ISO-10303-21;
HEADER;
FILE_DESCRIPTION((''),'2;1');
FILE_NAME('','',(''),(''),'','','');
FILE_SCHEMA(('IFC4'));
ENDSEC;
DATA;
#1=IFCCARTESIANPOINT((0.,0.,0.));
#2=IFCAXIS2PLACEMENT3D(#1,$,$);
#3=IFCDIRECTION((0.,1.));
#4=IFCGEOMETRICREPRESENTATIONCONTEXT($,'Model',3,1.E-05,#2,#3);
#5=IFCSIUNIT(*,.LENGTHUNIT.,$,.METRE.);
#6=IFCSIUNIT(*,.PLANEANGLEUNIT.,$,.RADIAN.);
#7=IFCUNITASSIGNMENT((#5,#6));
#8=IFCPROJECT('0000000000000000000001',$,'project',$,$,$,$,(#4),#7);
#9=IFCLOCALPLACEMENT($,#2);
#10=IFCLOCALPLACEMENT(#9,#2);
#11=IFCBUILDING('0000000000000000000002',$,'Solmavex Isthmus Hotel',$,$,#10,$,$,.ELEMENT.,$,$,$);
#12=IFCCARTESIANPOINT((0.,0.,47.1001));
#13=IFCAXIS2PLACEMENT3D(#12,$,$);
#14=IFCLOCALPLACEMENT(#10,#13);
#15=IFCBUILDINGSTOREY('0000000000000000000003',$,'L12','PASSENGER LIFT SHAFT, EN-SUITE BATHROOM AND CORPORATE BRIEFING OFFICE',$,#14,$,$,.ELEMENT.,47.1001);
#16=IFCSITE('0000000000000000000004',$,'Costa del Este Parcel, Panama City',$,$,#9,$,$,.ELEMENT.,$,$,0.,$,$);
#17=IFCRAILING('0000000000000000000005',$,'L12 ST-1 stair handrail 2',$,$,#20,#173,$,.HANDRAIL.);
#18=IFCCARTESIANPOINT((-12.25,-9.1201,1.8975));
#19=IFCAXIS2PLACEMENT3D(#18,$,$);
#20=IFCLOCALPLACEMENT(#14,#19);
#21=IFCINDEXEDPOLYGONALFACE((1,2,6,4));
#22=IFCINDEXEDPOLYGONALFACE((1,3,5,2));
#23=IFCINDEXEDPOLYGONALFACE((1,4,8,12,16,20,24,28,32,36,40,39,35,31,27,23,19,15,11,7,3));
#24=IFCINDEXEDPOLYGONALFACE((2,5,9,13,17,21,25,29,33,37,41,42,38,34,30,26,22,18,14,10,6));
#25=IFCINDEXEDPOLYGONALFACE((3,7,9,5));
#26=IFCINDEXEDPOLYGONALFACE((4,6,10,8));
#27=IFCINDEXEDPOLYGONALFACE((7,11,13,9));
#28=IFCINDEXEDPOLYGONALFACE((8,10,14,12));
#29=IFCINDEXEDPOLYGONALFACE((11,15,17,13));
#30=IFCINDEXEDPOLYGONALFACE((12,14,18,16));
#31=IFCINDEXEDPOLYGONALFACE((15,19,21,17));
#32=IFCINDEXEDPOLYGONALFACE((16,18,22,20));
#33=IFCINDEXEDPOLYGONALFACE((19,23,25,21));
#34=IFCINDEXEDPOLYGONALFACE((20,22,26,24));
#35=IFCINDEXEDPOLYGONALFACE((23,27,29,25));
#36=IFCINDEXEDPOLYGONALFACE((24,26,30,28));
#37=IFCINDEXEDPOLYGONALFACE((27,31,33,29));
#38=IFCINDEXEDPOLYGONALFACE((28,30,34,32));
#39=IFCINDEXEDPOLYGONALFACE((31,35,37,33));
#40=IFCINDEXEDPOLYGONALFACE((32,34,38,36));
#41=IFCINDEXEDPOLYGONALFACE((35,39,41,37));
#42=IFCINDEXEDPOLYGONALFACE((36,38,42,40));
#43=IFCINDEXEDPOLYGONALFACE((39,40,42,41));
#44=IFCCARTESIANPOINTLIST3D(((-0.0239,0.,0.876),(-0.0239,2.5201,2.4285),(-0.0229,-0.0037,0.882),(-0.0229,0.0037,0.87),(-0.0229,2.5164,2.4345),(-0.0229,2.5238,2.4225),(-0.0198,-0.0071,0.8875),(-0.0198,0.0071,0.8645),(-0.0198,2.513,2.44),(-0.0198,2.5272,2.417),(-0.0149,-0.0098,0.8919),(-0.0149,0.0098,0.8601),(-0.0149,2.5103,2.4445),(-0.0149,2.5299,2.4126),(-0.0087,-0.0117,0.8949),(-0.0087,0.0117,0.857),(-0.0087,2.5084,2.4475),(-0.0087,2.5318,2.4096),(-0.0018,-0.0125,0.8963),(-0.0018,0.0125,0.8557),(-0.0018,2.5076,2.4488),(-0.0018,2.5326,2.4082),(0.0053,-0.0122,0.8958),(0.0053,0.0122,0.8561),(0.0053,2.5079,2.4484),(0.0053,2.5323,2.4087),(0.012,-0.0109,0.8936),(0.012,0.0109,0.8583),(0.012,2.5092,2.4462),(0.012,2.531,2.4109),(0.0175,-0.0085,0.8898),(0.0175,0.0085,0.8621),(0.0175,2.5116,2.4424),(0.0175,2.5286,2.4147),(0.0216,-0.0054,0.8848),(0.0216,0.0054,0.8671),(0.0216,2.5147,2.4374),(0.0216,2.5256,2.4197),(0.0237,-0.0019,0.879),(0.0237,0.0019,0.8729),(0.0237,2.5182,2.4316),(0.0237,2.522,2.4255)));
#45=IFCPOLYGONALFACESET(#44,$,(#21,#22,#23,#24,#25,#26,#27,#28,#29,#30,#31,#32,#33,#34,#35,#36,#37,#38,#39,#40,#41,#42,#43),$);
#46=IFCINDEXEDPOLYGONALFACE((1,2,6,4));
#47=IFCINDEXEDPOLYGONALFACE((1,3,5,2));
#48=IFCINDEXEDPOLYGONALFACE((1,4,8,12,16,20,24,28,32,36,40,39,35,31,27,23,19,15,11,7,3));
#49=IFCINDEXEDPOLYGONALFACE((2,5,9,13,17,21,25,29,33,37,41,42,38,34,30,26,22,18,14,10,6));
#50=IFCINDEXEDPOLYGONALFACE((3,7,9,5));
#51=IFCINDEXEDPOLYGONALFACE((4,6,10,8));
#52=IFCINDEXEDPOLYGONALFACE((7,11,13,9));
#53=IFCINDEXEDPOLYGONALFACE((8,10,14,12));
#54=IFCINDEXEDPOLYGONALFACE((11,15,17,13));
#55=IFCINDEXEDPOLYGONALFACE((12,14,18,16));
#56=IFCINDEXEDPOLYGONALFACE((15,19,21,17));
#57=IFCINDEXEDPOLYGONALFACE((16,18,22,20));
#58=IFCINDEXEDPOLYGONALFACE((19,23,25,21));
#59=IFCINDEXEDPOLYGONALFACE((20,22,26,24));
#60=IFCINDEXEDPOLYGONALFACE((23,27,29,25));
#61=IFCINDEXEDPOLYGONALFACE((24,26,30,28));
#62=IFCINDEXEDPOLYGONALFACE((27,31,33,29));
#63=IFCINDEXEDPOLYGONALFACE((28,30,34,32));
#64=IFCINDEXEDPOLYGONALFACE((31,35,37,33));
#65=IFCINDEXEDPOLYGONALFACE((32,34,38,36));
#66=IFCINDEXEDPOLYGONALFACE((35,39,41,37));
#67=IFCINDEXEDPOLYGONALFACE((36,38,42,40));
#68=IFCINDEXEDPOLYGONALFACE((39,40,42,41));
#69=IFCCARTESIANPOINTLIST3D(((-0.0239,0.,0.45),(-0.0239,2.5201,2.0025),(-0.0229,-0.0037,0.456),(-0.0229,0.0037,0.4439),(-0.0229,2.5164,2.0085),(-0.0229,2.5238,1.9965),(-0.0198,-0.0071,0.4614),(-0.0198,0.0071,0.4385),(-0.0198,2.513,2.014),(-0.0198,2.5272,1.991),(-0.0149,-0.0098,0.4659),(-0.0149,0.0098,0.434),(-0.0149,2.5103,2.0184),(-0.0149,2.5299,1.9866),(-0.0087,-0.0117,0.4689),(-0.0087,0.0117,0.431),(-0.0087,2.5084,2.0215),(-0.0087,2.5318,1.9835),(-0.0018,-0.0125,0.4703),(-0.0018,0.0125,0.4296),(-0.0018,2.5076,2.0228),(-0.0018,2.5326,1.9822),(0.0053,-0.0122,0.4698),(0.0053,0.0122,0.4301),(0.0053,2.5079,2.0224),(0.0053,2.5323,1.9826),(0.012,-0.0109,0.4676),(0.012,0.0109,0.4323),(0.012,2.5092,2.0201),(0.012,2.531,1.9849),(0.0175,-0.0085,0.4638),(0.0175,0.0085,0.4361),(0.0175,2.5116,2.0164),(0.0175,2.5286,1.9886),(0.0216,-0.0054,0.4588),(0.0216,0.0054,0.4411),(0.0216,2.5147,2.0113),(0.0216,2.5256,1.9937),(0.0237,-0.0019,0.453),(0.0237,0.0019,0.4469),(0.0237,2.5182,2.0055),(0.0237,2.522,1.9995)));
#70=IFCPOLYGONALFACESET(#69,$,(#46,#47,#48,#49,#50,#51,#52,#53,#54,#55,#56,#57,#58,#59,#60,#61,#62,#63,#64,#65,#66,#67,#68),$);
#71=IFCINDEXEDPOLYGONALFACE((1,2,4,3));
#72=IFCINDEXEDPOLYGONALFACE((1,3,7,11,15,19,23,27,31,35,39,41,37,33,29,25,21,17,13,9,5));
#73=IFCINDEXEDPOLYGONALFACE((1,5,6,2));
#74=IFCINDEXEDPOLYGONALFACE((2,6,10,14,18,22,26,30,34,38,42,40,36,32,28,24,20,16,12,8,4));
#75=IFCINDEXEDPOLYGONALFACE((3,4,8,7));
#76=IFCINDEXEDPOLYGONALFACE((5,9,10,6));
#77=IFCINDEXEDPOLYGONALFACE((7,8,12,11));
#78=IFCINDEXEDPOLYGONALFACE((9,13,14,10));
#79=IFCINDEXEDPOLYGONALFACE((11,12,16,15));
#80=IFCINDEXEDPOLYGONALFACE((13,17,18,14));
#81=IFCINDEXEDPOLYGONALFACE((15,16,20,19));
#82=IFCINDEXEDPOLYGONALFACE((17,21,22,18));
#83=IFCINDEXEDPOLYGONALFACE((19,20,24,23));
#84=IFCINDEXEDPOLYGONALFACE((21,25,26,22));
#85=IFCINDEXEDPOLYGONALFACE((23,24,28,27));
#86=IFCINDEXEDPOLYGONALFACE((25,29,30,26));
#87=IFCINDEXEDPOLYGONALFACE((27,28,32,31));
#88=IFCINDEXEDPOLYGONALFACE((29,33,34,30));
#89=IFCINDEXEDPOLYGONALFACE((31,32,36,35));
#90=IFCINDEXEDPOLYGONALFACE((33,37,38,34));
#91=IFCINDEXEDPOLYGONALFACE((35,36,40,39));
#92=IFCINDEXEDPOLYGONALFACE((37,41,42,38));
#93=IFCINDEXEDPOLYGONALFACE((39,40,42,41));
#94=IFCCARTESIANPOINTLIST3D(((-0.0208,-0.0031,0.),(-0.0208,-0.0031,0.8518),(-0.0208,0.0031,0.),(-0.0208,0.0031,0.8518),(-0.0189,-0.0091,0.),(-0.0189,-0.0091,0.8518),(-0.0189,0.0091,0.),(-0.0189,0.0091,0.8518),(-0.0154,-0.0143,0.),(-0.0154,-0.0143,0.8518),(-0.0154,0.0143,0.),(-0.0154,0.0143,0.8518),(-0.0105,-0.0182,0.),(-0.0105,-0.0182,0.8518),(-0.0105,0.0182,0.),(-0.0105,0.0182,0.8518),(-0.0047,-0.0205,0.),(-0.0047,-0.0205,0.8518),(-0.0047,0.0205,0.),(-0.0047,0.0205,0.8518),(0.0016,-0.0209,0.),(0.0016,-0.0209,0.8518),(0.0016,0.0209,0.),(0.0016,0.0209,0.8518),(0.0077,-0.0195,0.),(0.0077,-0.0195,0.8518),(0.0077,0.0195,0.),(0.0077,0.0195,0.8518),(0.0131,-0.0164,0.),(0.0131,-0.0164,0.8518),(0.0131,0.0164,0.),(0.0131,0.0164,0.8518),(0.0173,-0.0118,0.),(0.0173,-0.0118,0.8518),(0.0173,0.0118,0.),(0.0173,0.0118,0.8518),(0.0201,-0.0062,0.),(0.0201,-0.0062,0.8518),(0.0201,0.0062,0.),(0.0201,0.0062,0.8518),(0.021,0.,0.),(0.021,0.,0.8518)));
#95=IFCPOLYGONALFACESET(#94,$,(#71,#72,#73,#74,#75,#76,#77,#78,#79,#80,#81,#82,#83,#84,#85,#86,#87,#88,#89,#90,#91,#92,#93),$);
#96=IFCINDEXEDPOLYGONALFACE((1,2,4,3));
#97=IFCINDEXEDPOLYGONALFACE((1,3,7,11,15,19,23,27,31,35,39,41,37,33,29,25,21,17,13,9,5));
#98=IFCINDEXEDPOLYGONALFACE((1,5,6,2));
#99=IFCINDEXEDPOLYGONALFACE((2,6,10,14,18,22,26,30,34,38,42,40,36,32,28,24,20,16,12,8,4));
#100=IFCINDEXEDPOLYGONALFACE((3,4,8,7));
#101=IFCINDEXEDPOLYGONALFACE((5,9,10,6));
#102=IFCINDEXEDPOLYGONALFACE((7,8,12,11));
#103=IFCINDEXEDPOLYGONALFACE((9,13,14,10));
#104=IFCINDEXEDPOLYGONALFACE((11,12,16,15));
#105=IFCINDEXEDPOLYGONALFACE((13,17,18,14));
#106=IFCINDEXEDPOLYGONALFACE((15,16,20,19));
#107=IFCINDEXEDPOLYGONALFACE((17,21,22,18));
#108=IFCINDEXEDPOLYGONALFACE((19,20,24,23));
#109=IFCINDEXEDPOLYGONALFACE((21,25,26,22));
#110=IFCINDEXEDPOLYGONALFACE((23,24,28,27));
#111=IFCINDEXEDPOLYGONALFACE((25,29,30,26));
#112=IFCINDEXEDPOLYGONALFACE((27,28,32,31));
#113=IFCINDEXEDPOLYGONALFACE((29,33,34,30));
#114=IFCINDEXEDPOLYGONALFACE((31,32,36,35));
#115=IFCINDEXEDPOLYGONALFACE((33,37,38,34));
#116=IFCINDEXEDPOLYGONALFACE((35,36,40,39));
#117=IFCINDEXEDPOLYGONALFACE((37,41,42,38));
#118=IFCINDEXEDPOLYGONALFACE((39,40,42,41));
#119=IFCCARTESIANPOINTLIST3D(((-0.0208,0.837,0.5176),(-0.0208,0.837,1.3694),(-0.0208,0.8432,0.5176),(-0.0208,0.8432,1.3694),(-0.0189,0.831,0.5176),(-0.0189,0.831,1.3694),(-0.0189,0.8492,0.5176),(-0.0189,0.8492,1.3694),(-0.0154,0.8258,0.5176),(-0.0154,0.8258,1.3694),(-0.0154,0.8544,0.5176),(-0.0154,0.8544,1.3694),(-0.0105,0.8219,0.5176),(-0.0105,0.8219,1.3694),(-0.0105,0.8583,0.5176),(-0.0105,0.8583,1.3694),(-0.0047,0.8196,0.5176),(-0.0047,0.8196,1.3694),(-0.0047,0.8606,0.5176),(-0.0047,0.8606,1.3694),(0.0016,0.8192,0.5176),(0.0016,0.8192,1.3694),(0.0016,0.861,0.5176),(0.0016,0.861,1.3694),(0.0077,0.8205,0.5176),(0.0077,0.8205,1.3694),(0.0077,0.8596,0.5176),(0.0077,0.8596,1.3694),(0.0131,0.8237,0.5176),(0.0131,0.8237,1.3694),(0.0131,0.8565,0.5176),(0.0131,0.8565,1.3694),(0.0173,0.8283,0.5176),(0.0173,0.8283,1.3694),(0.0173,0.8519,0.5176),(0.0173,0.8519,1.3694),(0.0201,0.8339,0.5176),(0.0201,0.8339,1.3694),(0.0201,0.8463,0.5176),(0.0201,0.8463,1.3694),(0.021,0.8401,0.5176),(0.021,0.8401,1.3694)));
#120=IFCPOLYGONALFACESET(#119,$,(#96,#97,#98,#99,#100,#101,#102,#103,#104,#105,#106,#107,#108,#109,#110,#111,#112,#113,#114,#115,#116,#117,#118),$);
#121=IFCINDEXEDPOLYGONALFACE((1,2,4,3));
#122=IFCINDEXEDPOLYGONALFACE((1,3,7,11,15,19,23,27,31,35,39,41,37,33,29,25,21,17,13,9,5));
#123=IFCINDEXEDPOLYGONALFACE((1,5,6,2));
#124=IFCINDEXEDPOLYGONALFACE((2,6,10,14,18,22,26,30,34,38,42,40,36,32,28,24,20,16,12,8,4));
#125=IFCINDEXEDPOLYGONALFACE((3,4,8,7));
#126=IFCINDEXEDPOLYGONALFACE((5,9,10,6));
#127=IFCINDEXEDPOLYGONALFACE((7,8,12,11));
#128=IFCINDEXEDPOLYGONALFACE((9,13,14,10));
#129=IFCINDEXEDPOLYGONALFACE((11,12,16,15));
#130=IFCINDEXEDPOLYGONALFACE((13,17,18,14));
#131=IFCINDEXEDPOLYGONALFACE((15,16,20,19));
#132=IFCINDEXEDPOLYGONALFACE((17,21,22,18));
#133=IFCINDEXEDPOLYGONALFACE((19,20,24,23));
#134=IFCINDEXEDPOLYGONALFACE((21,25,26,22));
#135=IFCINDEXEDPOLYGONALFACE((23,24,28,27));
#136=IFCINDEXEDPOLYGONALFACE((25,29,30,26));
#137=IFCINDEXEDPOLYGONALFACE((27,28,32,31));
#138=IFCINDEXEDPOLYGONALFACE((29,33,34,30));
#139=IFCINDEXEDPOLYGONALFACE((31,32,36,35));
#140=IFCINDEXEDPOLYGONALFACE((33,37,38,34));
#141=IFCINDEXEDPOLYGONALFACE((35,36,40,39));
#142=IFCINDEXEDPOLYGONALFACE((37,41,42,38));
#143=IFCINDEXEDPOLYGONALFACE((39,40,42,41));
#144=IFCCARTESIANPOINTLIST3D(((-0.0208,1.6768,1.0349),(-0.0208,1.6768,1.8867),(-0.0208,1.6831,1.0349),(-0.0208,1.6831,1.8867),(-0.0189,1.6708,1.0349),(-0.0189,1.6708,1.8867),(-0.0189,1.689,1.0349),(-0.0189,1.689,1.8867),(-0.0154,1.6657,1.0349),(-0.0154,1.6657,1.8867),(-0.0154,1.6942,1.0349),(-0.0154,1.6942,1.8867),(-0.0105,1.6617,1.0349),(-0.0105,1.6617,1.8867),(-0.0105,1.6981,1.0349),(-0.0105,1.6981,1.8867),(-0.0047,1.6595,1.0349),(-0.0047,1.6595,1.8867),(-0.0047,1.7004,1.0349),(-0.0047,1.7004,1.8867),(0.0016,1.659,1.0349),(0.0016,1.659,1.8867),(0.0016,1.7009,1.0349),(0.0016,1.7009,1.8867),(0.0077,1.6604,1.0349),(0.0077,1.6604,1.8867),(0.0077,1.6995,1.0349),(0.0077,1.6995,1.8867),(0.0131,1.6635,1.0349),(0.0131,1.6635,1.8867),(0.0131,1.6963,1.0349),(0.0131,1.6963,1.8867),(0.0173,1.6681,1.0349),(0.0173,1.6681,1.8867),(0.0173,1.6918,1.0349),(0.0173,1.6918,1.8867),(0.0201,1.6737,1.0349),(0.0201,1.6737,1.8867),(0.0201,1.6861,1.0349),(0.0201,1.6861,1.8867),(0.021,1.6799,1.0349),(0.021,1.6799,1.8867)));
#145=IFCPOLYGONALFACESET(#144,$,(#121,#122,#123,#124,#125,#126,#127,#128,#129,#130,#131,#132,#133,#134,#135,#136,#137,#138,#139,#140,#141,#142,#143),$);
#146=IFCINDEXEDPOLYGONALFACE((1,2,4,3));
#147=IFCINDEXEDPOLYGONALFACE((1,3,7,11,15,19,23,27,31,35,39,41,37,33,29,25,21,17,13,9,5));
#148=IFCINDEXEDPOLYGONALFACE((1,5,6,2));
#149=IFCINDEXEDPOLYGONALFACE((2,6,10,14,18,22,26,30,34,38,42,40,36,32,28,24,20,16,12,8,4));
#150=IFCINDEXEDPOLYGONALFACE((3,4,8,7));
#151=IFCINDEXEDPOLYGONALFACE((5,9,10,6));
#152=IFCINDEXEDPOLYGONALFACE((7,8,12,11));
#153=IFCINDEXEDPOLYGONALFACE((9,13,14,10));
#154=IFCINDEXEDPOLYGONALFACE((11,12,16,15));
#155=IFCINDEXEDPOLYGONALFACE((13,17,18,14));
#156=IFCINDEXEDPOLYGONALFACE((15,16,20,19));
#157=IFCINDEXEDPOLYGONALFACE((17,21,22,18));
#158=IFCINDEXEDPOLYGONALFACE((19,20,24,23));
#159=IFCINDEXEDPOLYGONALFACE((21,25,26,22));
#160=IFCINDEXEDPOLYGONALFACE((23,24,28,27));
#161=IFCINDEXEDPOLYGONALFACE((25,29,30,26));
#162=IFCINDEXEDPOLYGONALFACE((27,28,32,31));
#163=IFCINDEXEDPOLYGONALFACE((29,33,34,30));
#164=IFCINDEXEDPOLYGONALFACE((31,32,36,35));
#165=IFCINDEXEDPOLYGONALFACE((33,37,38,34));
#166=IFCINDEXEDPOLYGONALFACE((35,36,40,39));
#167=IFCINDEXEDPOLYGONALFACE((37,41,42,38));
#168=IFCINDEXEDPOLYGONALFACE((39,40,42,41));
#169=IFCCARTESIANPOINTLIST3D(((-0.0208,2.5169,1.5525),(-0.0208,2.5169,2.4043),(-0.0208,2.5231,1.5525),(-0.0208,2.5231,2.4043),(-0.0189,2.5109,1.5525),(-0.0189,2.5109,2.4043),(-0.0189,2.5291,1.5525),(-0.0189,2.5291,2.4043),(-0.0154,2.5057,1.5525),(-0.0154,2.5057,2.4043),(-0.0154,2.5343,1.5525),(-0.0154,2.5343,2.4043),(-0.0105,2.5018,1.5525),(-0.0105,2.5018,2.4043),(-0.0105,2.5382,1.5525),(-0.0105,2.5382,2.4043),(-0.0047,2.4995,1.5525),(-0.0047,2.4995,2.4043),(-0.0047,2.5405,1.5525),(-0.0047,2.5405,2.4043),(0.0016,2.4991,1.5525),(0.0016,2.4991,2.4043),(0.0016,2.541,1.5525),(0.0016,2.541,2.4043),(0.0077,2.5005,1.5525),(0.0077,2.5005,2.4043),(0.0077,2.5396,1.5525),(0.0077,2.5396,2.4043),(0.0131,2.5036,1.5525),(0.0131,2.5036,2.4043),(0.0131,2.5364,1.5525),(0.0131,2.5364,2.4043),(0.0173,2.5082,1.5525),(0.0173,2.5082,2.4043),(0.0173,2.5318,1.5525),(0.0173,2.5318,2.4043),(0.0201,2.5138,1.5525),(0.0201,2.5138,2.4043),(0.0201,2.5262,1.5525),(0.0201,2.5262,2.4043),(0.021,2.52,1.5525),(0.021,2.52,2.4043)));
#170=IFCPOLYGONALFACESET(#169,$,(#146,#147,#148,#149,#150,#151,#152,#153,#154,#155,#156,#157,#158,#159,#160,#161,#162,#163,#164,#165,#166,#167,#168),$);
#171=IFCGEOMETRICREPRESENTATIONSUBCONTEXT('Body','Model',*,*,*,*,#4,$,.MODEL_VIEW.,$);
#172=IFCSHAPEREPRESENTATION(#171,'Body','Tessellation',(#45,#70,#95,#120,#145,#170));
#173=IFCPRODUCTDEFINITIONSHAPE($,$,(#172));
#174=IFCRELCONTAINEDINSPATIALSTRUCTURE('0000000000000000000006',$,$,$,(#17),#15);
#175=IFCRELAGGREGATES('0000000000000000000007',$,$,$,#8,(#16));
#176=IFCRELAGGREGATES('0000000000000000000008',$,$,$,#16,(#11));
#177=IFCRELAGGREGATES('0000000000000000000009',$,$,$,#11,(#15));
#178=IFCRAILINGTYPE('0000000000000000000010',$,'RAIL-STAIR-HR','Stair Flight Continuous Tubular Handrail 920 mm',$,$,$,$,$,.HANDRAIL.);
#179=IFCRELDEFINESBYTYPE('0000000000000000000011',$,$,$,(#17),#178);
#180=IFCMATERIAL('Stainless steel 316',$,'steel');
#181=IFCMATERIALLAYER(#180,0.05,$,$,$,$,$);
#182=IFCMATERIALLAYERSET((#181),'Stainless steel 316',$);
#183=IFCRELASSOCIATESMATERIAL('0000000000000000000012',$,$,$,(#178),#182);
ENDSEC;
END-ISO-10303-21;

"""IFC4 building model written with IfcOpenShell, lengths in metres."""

from ifc_helpers import new_model, si_unit, direction, frame, origin, origin_2d, place, context, subcontext, project, spatial, circle, extrude, material, layer, layer_set, type_object, element, save


model = new_model("IFC4")

# Units and contexts
model_context = context("Model", 3, precision=1e-05, world=origin(), true_north=direction((0.0, 1.0)))
body_context = subcontext(model_context, "Body", "Model", "MODEL_VIEW")
ifc_project = project(units=[si_unit("LENGTHUNIT", "METRE"), si_unit("PLANEANGLEUNIT", "RADIAN")], contexts=[model_context])

# Site, building, storey
site_placement = place(None, origin())
site = spatial("IfcSite", under=ifc_project, at=site_placement, Name="Costa del Este Parcel, Panama City", CompositionType="ELEMENT", RefElevation=0.0)
building_placement = place(site_placement, origin())
building = spatial("IfcBuilding", under=site, at=building_placement, Name="Solmavex Isthmus Hotel", CompositionType="ELEMENT")
storey_placement = place(building_placement, frame((0.0, 0.0, 47.1001)))
storey = spatial("IfcBuildingStorey", under=building, at=storey_placement, Name="L12", Description="PASSENGER LIFT SHAFT, EN-SUITE BATHROOM AND CORPORATE BRIEFING OFFICE", CompositionType="ELEMENT", Elevation=47.1001)

# Shared definitions
ifc_material_1 = material(Name="Stainless steel 316", Category="steel")

# Railing
ifc_layer_1 = layer(ifc_material_1, 0.05)
ifc_layer_set_1 = layer_set([ifc_layer_1], Name="Stainless steel 316")
railing_type_1 = type_object("IfcRailingType", Name="RAIL-STAIR-HR", Description="Stair Flight Continuous Tubular Handrail 920 mm", PredefinedType="HANDRAIL", material=ifc_layer_set_1)
railing_1_placement = place(storey_placement, frame((-12.25, -9.1201, 1.8975)))
element("IfcRailing", 1, at=railing_1_placement, inside=storey, type_object=railing_type_1, Name="L12 ST-1 stair handrail 2", PredefinedType="HANDRAIL", context=body_context, shape_type="SweptSolid", body=[
    extrude(circle(Radius=0.0239, at=origin_2d()), frame((0.0, 0.0, 0.876), z_axis=(0.0, 0.8514, 0.524516), x_axis=(-1.0, 0.0, 0.0)), (0.0, 0.0, 1.0), 2.96),
    extrude(circle(Radius=0.0239, at=origin_2d()), frame((0.0, 0.0, 0.45), z_axis=(0.0, 0.8514, 0.524516), x_axis=(-1.0, 0.0, 0.0)), (0.0, 0.0, 1.0), 2.96),
    extrude(circle(Radius=0.021, at=origin_2d()), origin(), (0.0, 0.0, 1.0), 0.8518),
    extrude(circle(Radius=0.021, at=origin_2d()), frame((0.0, 0.8401, 0.5176)), (0.0, 0.0, 1.0), 0.8518),
    extrude(circle(Radius=0.021, at=origin_2d()), frame((0.0, 1.6799, 1.0349)), (0.0, 0.0, 1.0), 0.8518),
    extrude(circle(Radius=0.021, at=origin_2d()), frame((0.0, 2.52, 1.5525)), (0.0, 0.0, 1.0), 0.8518),
])

save(model, "model.ifc")
